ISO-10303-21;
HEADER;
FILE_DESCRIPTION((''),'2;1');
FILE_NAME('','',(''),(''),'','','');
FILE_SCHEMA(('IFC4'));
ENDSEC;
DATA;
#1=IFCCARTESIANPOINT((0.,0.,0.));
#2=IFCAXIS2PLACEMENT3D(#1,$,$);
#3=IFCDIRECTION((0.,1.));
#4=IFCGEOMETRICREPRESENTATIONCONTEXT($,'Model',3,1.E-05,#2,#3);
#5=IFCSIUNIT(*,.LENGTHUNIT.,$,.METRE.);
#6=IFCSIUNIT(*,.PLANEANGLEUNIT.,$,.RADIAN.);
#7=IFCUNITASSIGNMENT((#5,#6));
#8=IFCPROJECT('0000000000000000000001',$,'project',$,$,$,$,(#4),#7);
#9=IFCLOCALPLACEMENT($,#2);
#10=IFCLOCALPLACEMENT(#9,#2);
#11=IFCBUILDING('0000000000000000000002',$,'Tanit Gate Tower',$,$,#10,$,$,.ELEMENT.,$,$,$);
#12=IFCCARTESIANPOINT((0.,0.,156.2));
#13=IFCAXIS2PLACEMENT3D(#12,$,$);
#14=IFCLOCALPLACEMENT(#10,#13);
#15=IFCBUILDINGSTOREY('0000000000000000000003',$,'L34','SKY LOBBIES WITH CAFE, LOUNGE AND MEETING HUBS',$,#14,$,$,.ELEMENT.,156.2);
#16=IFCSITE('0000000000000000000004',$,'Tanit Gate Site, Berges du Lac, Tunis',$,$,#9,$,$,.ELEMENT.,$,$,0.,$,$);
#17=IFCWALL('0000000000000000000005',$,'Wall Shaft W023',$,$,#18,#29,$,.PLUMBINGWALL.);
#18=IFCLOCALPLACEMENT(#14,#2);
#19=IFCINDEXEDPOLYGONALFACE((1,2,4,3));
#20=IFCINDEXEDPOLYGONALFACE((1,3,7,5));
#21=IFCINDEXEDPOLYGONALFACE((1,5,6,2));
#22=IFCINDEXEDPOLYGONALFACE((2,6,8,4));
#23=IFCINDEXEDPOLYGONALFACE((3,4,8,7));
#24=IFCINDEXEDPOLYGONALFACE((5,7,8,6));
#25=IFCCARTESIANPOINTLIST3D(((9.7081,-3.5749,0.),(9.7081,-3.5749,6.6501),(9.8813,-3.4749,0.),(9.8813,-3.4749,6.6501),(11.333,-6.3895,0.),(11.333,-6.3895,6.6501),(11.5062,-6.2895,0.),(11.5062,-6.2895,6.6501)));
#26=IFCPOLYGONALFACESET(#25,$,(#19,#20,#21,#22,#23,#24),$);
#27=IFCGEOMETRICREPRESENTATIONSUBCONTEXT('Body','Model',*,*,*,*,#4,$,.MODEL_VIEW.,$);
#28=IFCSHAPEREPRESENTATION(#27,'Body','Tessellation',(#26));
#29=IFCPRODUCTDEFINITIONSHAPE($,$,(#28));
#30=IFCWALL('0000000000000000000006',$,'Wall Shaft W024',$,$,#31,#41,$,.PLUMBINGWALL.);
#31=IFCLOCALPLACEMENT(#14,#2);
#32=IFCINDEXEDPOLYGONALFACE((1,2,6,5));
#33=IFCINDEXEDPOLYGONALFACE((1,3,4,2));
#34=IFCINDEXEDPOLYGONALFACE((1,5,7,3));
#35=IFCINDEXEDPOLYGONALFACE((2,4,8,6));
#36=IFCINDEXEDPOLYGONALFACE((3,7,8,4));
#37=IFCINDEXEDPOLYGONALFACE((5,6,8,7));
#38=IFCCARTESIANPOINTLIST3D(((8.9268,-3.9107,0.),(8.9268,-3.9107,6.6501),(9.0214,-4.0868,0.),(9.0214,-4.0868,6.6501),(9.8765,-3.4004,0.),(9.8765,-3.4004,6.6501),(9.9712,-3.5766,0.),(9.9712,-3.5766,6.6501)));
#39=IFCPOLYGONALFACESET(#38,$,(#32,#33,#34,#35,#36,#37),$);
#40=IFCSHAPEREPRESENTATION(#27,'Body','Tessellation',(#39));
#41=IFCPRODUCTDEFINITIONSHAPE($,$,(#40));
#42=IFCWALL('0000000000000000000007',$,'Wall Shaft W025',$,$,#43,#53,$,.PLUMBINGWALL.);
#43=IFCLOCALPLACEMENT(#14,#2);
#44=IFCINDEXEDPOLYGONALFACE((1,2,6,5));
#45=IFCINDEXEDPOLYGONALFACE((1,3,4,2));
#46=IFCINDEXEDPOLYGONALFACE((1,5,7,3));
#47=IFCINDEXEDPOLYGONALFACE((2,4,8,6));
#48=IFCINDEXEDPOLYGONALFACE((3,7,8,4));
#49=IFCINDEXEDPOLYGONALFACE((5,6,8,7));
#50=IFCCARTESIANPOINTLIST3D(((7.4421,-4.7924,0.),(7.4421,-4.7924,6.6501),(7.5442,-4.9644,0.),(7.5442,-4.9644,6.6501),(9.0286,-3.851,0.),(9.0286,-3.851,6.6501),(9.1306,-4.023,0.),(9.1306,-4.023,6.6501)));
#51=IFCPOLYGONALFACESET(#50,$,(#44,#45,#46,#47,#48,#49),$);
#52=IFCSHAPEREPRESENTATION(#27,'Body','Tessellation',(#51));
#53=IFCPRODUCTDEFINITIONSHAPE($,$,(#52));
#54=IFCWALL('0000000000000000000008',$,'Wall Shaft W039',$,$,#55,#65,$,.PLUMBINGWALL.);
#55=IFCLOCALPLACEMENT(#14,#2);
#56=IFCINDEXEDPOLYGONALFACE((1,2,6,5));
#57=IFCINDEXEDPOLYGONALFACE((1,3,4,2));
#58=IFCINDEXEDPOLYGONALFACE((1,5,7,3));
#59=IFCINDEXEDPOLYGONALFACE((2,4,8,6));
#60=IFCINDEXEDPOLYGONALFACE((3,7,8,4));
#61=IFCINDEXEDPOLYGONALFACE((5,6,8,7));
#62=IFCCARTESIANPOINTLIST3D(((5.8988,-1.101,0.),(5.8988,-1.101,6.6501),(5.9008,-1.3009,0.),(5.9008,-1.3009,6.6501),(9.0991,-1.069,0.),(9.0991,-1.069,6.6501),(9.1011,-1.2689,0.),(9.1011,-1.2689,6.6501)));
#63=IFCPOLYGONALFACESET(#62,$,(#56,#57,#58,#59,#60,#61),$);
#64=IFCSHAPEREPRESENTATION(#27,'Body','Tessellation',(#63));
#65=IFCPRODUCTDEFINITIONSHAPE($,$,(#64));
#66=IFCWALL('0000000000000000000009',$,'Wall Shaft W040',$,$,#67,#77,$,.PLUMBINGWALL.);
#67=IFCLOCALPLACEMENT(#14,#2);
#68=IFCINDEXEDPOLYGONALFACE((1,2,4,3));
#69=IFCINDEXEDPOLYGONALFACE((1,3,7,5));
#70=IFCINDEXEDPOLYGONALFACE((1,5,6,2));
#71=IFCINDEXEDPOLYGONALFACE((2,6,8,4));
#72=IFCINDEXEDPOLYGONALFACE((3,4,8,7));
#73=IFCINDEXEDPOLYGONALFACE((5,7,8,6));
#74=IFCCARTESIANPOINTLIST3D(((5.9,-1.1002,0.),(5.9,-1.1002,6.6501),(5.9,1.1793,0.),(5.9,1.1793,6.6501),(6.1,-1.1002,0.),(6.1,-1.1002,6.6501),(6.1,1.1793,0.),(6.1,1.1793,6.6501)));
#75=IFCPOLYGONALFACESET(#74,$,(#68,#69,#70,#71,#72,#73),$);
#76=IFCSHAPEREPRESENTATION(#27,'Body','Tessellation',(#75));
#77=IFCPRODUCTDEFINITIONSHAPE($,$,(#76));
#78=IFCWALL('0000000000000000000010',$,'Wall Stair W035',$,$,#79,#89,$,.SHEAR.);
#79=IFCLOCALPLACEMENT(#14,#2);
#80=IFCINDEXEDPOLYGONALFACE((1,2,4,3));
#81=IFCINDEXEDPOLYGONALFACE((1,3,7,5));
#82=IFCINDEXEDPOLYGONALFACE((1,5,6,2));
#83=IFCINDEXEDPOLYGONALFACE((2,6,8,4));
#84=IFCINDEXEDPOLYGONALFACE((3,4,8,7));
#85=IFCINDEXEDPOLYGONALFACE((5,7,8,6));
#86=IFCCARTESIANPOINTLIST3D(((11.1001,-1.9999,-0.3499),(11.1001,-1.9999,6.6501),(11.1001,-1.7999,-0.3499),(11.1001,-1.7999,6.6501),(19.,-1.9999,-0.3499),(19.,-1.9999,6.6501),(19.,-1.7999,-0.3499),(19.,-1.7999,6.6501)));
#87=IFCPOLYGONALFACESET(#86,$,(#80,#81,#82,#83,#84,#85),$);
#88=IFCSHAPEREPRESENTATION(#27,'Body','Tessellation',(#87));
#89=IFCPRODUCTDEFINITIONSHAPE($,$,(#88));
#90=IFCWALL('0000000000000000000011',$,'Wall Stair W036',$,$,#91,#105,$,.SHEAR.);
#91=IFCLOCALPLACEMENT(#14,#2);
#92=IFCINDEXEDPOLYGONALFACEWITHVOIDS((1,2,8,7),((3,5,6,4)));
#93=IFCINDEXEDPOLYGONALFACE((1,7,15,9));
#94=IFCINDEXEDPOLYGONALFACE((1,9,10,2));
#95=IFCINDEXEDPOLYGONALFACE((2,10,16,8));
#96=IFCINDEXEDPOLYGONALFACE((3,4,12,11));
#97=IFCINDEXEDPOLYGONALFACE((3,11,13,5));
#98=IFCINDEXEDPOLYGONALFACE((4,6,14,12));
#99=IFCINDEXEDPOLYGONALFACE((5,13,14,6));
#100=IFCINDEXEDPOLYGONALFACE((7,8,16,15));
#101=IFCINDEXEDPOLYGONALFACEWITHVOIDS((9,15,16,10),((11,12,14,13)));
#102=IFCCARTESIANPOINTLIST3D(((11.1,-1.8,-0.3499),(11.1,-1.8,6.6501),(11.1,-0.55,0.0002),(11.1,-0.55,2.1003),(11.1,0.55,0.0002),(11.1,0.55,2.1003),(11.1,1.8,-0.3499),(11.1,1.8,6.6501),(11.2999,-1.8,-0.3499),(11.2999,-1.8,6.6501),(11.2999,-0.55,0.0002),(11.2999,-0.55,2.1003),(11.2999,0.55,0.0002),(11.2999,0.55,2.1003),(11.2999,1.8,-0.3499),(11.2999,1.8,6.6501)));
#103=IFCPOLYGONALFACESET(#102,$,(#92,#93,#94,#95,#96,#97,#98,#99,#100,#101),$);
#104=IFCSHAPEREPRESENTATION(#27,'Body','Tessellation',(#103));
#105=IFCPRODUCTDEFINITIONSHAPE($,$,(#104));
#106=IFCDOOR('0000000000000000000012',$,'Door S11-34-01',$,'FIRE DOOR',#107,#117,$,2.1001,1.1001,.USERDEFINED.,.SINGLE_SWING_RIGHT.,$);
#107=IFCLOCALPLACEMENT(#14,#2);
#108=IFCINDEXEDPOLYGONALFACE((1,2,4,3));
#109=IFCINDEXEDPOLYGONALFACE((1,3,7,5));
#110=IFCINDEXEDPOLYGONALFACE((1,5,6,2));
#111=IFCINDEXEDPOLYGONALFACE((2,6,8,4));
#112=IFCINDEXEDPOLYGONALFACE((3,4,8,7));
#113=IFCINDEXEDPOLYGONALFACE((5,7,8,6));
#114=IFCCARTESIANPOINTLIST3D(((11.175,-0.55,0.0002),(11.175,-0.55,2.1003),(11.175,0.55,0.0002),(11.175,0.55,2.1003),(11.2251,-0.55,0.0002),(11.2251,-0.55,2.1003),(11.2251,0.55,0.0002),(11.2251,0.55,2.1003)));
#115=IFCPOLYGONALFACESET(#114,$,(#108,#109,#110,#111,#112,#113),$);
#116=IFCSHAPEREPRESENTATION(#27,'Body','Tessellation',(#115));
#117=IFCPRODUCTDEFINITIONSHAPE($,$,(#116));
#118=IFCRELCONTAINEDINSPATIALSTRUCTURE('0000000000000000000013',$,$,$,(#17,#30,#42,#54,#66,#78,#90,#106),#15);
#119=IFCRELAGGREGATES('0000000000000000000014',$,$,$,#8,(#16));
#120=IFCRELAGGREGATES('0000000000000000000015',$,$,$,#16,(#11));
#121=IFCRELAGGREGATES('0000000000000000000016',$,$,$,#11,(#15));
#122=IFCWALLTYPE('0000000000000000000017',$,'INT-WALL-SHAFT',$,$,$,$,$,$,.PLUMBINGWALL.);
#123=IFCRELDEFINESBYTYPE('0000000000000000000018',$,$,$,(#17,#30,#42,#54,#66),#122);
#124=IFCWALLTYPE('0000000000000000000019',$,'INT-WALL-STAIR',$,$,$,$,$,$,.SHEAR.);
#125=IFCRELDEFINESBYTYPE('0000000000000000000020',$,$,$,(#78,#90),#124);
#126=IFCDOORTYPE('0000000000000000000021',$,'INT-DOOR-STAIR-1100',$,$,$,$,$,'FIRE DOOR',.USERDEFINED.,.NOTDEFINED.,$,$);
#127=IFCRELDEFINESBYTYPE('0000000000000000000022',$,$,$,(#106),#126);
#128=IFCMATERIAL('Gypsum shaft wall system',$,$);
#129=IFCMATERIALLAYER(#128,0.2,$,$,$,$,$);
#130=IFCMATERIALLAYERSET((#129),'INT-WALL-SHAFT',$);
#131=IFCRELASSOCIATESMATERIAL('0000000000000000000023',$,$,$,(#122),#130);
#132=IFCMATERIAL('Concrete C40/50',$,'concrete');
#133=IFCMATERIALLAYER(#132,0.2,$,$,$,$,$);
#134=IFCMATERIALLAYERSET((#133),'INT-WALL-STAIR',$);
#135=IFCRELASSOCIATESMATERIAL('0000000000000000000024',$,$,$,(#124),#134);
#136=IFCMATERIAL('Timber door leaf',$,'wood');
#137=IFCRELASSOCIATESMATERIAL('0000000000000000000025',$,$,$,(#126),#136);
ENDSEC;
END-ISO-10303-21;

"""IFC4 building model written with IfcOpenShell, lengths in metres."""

from ifc_helpers import new_model, si_unit, direction, frame, frame_2d, origin, place, context, subcontext, project, spatial, rectangle, extrude, material, layer, layer_set, type_object, element, fill, save


model = new_model("IFC4")

# Units and contexts
model_context = context("Model", 3, precision=1e-05, world=origin(), true_north=direction((0.0, 1.0)))
body_context = subcontext(model_context, "Body", "Model", "MODEL_VIEW")
ifc_project = project(units=[si_unit("LENGTHUNIT", "METRE"), si_unit("PLANEANGLEUNIT", "RADIAN")], contexts=[model_context])

# Site, building, storey
site_placement = place(None, origin())
site = spatial("IfcSite", under=ifc_project, at=site_placement, Name="Tanit Gate Site, Berges du Lac, Tunis", CompositionType="ELEMENT", RefElevation=0.0)
building_placement = place(site_placement, origin())
building = spatial("IfcBuilding", under=site, at=building_placement, Name="Tanit Gate Tower", CompositionType="ELEMENT")
storey_placement = place(building_placement, frame((0.0, 0.0, 156.2)))
storey = spatial("IfcBuildingStorey", under=building, at=storey_placement, Name="L34", Description="SKY LOBBIES WITH CAFE, LOUNGE AND MEETING HUBS", CompositionType="ELEMENT", Elevation=156.2)

# Walls
ifc_material_1 = material(Name="Gypsum shaft wall system")
ifc_layer_1 = layer(ifc_material_1, 0.2)
ifc_layer_set_1 = layer_set([ifc_layer_1], Name="INT-WALL-SHAFT")
wall_type_1 = type_object("IfcWallType", Name="INT-WALL-SHAFT", PredefinedType="PLUMBINGWALL", material=ifc_layer_set_1)
wall_1_placement = place(storey_placement, frame((9.7947, -3.5249, 0.0), z_axis=(0.0, 0.0, 1.0), x_axis=(0.499985, -0.866034, 0.0)))
element("IfcWall", 1, at=wall_1_placement, inside=storey, type_object=wall_type_1, Name="Wall Shaft W023", PredefinedType="PLUMBINGWALL", context=body_context, shape_type="SweptSolid", body=[
    extrude(rectangle(XDim=3.25, YDim=0.2, at=frame_2d((1.625, 0.0))), origin(), (0.0, 0.0, 1.0), 6.6501),
])
wall_2_placement = place(storey_placement, frame((8.9741, -3.9988, 0.0), z_axis=(0.0, 0.0, 1.0), x_axis=(0.880907, 0.473289, 0.0)))
element("IfcWall", 2, at=wall_2_placement, inside=storey, type_object=wall_type_1, Name="Wall Shaft W024", PredefinedType="PLUMBINGWALL", context=body_context, shape_type="SweptSolid", body=[
    extrude(rectangle(XDim=1.0781, YDim=0.2, at=frame_2d((0.5391, 0.0))), origin(), (0.0, 0.0, 1.0), 6.6501),
])
wall_3_placement = place(storey_placement, frame((7.4932, -4.8784, 0.0), z_axis=(0.0, 0.0, 1.0), x_axis=(0.859982, 0.510325, 0.0)))
element("IfcWall", 3, at=wall_3_placement, inside=storey, type_object=wall_type_1, Name="Wall Shaft W025", PredefinedType="PLUMBINGWALL", context=body_context, shape_type="SweptSolid", body=[
    extrude(rectangle(XDim=1.8447, YDim=0.2, at=frame_2d((0.9224, 0.0))), origin(), (0.0, 0.0, 1.0), 6.6501),
])
wall_4_placement = place(storey_placement, frame((5.8999, -1.2009, 0.0), z_axis=(0.0, 0.0, 1.0), x_axis=(0.99995, 0.009993, 0.0)))
element("IfcWall", 4, at=wall_4_placement, inside=storey, type_object=wall_type_1, Name="Wall Shaft W039", PredefinedType="PLUMBINGWALL", context=body_context, shape_type="SweptSolid", body=[
    extrude(rectangle(XDim=3.2004, YDim=0.2, at=frame_2d((1.6001, 0.0))), origin(), (0.0, 0.0, 1.0), 6.6501),
])
wall_5_placement = place(storey_placement, frame((6.0, -1.1001, 0.0), z_axis=(0.0, 0.0, 1.0), x_axis=(0.0, 1.0, 0.0)))
element("IfcWall", 5, at=wall_5_placement, inside=storey, type_object=wall_type_1, Name="Wall Shaft W040", PredefinedType="PLUMBINGWALL", context=body_context, shape_type="SweptSolid", body=[
    extrude(rectangle(XDim=2.2795, YDim=0.2, at=frame_2d((1.1396, 0.0))), origin(), (0.0, 0.0, 1.0), 6.6501),
])
ifc_material_2 = material(Name="Concrete C40/50", Category="concrete")
ifc_layer_2 = layer(ifc_material_2, 0.2)
ifc_layer_set_2 = layer_set([ifc_layer_2], Name="INT-WALL-STAIR")
wall_type_2 = type_object("IfcWallType", Name="INT-WALL-STAIR", PredefinedType="SHEAR", material=ifc_layer_set_2)
wall_6_placement = place(storey_placement, frame((11.1001, -1.8999, -0.3499), z_axis=(0.0, 0.0, 1.0), x_axis=(1.0, 0.0, 0.0)))
element("IfcWall", 6, at=wall_6_placement, inside=storey, type_object=wall_type_2, Name="Wall Stair W035", PredefinedType="SHEAR", context=body_context, shape_type="SweptSolid", body=[
    extrude(rectangle(XDim=7.8999, YDim=0.2, at=frame_2d((3.95, 0.0))), origin(), (0.0, 0.0, 1.0), 7.0),
])

# Wall, opening, door
wall_7_placement = place(storey_placement, frame((11.2, -1.8, -0.3499), z_axis=(0.0, 0.0, 1.0), x_axis=(0.0, 1.0, 0.0)))
wall_7 = element("IfcWall", 7, at=wall_7_placement, inside=storey, type_object=wall_type_2, Name="Wall Stair W036", PredefinedType="SHEAR", context=body_context, shape_type="SweptSolid", body=[
    extrude(rectangle(XDim=3.6001, YDim=0.2, at=frame_2d((1.8, 0.0))), origin(), (0.0, 0.0, 1.0), 7.0),
])
opening_1_placement = place(wall_7_placement, frame((1.25, 0.0, 0.3501)))
opening_1 = element("IfcOpeningElement", 8, at=opening_1_placement, cuts=wall_7, PredefinedType="OPENING", context=body_context, shape_type="SweptSolid", body=[
    extrude(rectangle(XDim=1.1001, YDim=2.1001, at=frame_2d((0.55, 1.05))), frame((0.0, 0.1099, 0.0), z_axis=(0.0, -1.0, 0.0), x_axis=(1.0, 0.0, 0.0)), (0.0, 0.0, 1.0), 0.22),
])
ifc_material_3 = material(Name="Timber door leaf", Category="wood")
door_type_1 = type_object("IfcDoorType", Name="INT-DOOR-STAIR-1100", ElementType="FIRE DOOR", OperationType="NOTDEFINED", PredefinedType="USERDEFINED", material=ifc_material_3)
door_1_placement = place(opening_1_placement, origin())
door_1 = element("IfcDoor", 9, at=door_1_placement, inside=storey, type_object=door_type_1, Name="Door S11-34-01", ObjectType="FIRE DOOR", OperationType="SINGLE_SWING_RIGHT", OverallHeight=2.1001, OverallWidth=1.1001, PredefinedType="USERDEFINED", context=body_context, shape_type="SweptSolid", body=[
    extrude(rectangle(XDim=1.1001, YDim=2.1001, at=frame_2d((0.55, 1.05))), frame((0.0, 0.0249, 0.0), z_axis=(0.0, -1.0, 0.0), x_axis=(1.0, 0.0, 0.0)), (0.0, 0.0, 1.0), 0.05),
])
fill(opening_1, door_1)

save(model, "model.ifc")
